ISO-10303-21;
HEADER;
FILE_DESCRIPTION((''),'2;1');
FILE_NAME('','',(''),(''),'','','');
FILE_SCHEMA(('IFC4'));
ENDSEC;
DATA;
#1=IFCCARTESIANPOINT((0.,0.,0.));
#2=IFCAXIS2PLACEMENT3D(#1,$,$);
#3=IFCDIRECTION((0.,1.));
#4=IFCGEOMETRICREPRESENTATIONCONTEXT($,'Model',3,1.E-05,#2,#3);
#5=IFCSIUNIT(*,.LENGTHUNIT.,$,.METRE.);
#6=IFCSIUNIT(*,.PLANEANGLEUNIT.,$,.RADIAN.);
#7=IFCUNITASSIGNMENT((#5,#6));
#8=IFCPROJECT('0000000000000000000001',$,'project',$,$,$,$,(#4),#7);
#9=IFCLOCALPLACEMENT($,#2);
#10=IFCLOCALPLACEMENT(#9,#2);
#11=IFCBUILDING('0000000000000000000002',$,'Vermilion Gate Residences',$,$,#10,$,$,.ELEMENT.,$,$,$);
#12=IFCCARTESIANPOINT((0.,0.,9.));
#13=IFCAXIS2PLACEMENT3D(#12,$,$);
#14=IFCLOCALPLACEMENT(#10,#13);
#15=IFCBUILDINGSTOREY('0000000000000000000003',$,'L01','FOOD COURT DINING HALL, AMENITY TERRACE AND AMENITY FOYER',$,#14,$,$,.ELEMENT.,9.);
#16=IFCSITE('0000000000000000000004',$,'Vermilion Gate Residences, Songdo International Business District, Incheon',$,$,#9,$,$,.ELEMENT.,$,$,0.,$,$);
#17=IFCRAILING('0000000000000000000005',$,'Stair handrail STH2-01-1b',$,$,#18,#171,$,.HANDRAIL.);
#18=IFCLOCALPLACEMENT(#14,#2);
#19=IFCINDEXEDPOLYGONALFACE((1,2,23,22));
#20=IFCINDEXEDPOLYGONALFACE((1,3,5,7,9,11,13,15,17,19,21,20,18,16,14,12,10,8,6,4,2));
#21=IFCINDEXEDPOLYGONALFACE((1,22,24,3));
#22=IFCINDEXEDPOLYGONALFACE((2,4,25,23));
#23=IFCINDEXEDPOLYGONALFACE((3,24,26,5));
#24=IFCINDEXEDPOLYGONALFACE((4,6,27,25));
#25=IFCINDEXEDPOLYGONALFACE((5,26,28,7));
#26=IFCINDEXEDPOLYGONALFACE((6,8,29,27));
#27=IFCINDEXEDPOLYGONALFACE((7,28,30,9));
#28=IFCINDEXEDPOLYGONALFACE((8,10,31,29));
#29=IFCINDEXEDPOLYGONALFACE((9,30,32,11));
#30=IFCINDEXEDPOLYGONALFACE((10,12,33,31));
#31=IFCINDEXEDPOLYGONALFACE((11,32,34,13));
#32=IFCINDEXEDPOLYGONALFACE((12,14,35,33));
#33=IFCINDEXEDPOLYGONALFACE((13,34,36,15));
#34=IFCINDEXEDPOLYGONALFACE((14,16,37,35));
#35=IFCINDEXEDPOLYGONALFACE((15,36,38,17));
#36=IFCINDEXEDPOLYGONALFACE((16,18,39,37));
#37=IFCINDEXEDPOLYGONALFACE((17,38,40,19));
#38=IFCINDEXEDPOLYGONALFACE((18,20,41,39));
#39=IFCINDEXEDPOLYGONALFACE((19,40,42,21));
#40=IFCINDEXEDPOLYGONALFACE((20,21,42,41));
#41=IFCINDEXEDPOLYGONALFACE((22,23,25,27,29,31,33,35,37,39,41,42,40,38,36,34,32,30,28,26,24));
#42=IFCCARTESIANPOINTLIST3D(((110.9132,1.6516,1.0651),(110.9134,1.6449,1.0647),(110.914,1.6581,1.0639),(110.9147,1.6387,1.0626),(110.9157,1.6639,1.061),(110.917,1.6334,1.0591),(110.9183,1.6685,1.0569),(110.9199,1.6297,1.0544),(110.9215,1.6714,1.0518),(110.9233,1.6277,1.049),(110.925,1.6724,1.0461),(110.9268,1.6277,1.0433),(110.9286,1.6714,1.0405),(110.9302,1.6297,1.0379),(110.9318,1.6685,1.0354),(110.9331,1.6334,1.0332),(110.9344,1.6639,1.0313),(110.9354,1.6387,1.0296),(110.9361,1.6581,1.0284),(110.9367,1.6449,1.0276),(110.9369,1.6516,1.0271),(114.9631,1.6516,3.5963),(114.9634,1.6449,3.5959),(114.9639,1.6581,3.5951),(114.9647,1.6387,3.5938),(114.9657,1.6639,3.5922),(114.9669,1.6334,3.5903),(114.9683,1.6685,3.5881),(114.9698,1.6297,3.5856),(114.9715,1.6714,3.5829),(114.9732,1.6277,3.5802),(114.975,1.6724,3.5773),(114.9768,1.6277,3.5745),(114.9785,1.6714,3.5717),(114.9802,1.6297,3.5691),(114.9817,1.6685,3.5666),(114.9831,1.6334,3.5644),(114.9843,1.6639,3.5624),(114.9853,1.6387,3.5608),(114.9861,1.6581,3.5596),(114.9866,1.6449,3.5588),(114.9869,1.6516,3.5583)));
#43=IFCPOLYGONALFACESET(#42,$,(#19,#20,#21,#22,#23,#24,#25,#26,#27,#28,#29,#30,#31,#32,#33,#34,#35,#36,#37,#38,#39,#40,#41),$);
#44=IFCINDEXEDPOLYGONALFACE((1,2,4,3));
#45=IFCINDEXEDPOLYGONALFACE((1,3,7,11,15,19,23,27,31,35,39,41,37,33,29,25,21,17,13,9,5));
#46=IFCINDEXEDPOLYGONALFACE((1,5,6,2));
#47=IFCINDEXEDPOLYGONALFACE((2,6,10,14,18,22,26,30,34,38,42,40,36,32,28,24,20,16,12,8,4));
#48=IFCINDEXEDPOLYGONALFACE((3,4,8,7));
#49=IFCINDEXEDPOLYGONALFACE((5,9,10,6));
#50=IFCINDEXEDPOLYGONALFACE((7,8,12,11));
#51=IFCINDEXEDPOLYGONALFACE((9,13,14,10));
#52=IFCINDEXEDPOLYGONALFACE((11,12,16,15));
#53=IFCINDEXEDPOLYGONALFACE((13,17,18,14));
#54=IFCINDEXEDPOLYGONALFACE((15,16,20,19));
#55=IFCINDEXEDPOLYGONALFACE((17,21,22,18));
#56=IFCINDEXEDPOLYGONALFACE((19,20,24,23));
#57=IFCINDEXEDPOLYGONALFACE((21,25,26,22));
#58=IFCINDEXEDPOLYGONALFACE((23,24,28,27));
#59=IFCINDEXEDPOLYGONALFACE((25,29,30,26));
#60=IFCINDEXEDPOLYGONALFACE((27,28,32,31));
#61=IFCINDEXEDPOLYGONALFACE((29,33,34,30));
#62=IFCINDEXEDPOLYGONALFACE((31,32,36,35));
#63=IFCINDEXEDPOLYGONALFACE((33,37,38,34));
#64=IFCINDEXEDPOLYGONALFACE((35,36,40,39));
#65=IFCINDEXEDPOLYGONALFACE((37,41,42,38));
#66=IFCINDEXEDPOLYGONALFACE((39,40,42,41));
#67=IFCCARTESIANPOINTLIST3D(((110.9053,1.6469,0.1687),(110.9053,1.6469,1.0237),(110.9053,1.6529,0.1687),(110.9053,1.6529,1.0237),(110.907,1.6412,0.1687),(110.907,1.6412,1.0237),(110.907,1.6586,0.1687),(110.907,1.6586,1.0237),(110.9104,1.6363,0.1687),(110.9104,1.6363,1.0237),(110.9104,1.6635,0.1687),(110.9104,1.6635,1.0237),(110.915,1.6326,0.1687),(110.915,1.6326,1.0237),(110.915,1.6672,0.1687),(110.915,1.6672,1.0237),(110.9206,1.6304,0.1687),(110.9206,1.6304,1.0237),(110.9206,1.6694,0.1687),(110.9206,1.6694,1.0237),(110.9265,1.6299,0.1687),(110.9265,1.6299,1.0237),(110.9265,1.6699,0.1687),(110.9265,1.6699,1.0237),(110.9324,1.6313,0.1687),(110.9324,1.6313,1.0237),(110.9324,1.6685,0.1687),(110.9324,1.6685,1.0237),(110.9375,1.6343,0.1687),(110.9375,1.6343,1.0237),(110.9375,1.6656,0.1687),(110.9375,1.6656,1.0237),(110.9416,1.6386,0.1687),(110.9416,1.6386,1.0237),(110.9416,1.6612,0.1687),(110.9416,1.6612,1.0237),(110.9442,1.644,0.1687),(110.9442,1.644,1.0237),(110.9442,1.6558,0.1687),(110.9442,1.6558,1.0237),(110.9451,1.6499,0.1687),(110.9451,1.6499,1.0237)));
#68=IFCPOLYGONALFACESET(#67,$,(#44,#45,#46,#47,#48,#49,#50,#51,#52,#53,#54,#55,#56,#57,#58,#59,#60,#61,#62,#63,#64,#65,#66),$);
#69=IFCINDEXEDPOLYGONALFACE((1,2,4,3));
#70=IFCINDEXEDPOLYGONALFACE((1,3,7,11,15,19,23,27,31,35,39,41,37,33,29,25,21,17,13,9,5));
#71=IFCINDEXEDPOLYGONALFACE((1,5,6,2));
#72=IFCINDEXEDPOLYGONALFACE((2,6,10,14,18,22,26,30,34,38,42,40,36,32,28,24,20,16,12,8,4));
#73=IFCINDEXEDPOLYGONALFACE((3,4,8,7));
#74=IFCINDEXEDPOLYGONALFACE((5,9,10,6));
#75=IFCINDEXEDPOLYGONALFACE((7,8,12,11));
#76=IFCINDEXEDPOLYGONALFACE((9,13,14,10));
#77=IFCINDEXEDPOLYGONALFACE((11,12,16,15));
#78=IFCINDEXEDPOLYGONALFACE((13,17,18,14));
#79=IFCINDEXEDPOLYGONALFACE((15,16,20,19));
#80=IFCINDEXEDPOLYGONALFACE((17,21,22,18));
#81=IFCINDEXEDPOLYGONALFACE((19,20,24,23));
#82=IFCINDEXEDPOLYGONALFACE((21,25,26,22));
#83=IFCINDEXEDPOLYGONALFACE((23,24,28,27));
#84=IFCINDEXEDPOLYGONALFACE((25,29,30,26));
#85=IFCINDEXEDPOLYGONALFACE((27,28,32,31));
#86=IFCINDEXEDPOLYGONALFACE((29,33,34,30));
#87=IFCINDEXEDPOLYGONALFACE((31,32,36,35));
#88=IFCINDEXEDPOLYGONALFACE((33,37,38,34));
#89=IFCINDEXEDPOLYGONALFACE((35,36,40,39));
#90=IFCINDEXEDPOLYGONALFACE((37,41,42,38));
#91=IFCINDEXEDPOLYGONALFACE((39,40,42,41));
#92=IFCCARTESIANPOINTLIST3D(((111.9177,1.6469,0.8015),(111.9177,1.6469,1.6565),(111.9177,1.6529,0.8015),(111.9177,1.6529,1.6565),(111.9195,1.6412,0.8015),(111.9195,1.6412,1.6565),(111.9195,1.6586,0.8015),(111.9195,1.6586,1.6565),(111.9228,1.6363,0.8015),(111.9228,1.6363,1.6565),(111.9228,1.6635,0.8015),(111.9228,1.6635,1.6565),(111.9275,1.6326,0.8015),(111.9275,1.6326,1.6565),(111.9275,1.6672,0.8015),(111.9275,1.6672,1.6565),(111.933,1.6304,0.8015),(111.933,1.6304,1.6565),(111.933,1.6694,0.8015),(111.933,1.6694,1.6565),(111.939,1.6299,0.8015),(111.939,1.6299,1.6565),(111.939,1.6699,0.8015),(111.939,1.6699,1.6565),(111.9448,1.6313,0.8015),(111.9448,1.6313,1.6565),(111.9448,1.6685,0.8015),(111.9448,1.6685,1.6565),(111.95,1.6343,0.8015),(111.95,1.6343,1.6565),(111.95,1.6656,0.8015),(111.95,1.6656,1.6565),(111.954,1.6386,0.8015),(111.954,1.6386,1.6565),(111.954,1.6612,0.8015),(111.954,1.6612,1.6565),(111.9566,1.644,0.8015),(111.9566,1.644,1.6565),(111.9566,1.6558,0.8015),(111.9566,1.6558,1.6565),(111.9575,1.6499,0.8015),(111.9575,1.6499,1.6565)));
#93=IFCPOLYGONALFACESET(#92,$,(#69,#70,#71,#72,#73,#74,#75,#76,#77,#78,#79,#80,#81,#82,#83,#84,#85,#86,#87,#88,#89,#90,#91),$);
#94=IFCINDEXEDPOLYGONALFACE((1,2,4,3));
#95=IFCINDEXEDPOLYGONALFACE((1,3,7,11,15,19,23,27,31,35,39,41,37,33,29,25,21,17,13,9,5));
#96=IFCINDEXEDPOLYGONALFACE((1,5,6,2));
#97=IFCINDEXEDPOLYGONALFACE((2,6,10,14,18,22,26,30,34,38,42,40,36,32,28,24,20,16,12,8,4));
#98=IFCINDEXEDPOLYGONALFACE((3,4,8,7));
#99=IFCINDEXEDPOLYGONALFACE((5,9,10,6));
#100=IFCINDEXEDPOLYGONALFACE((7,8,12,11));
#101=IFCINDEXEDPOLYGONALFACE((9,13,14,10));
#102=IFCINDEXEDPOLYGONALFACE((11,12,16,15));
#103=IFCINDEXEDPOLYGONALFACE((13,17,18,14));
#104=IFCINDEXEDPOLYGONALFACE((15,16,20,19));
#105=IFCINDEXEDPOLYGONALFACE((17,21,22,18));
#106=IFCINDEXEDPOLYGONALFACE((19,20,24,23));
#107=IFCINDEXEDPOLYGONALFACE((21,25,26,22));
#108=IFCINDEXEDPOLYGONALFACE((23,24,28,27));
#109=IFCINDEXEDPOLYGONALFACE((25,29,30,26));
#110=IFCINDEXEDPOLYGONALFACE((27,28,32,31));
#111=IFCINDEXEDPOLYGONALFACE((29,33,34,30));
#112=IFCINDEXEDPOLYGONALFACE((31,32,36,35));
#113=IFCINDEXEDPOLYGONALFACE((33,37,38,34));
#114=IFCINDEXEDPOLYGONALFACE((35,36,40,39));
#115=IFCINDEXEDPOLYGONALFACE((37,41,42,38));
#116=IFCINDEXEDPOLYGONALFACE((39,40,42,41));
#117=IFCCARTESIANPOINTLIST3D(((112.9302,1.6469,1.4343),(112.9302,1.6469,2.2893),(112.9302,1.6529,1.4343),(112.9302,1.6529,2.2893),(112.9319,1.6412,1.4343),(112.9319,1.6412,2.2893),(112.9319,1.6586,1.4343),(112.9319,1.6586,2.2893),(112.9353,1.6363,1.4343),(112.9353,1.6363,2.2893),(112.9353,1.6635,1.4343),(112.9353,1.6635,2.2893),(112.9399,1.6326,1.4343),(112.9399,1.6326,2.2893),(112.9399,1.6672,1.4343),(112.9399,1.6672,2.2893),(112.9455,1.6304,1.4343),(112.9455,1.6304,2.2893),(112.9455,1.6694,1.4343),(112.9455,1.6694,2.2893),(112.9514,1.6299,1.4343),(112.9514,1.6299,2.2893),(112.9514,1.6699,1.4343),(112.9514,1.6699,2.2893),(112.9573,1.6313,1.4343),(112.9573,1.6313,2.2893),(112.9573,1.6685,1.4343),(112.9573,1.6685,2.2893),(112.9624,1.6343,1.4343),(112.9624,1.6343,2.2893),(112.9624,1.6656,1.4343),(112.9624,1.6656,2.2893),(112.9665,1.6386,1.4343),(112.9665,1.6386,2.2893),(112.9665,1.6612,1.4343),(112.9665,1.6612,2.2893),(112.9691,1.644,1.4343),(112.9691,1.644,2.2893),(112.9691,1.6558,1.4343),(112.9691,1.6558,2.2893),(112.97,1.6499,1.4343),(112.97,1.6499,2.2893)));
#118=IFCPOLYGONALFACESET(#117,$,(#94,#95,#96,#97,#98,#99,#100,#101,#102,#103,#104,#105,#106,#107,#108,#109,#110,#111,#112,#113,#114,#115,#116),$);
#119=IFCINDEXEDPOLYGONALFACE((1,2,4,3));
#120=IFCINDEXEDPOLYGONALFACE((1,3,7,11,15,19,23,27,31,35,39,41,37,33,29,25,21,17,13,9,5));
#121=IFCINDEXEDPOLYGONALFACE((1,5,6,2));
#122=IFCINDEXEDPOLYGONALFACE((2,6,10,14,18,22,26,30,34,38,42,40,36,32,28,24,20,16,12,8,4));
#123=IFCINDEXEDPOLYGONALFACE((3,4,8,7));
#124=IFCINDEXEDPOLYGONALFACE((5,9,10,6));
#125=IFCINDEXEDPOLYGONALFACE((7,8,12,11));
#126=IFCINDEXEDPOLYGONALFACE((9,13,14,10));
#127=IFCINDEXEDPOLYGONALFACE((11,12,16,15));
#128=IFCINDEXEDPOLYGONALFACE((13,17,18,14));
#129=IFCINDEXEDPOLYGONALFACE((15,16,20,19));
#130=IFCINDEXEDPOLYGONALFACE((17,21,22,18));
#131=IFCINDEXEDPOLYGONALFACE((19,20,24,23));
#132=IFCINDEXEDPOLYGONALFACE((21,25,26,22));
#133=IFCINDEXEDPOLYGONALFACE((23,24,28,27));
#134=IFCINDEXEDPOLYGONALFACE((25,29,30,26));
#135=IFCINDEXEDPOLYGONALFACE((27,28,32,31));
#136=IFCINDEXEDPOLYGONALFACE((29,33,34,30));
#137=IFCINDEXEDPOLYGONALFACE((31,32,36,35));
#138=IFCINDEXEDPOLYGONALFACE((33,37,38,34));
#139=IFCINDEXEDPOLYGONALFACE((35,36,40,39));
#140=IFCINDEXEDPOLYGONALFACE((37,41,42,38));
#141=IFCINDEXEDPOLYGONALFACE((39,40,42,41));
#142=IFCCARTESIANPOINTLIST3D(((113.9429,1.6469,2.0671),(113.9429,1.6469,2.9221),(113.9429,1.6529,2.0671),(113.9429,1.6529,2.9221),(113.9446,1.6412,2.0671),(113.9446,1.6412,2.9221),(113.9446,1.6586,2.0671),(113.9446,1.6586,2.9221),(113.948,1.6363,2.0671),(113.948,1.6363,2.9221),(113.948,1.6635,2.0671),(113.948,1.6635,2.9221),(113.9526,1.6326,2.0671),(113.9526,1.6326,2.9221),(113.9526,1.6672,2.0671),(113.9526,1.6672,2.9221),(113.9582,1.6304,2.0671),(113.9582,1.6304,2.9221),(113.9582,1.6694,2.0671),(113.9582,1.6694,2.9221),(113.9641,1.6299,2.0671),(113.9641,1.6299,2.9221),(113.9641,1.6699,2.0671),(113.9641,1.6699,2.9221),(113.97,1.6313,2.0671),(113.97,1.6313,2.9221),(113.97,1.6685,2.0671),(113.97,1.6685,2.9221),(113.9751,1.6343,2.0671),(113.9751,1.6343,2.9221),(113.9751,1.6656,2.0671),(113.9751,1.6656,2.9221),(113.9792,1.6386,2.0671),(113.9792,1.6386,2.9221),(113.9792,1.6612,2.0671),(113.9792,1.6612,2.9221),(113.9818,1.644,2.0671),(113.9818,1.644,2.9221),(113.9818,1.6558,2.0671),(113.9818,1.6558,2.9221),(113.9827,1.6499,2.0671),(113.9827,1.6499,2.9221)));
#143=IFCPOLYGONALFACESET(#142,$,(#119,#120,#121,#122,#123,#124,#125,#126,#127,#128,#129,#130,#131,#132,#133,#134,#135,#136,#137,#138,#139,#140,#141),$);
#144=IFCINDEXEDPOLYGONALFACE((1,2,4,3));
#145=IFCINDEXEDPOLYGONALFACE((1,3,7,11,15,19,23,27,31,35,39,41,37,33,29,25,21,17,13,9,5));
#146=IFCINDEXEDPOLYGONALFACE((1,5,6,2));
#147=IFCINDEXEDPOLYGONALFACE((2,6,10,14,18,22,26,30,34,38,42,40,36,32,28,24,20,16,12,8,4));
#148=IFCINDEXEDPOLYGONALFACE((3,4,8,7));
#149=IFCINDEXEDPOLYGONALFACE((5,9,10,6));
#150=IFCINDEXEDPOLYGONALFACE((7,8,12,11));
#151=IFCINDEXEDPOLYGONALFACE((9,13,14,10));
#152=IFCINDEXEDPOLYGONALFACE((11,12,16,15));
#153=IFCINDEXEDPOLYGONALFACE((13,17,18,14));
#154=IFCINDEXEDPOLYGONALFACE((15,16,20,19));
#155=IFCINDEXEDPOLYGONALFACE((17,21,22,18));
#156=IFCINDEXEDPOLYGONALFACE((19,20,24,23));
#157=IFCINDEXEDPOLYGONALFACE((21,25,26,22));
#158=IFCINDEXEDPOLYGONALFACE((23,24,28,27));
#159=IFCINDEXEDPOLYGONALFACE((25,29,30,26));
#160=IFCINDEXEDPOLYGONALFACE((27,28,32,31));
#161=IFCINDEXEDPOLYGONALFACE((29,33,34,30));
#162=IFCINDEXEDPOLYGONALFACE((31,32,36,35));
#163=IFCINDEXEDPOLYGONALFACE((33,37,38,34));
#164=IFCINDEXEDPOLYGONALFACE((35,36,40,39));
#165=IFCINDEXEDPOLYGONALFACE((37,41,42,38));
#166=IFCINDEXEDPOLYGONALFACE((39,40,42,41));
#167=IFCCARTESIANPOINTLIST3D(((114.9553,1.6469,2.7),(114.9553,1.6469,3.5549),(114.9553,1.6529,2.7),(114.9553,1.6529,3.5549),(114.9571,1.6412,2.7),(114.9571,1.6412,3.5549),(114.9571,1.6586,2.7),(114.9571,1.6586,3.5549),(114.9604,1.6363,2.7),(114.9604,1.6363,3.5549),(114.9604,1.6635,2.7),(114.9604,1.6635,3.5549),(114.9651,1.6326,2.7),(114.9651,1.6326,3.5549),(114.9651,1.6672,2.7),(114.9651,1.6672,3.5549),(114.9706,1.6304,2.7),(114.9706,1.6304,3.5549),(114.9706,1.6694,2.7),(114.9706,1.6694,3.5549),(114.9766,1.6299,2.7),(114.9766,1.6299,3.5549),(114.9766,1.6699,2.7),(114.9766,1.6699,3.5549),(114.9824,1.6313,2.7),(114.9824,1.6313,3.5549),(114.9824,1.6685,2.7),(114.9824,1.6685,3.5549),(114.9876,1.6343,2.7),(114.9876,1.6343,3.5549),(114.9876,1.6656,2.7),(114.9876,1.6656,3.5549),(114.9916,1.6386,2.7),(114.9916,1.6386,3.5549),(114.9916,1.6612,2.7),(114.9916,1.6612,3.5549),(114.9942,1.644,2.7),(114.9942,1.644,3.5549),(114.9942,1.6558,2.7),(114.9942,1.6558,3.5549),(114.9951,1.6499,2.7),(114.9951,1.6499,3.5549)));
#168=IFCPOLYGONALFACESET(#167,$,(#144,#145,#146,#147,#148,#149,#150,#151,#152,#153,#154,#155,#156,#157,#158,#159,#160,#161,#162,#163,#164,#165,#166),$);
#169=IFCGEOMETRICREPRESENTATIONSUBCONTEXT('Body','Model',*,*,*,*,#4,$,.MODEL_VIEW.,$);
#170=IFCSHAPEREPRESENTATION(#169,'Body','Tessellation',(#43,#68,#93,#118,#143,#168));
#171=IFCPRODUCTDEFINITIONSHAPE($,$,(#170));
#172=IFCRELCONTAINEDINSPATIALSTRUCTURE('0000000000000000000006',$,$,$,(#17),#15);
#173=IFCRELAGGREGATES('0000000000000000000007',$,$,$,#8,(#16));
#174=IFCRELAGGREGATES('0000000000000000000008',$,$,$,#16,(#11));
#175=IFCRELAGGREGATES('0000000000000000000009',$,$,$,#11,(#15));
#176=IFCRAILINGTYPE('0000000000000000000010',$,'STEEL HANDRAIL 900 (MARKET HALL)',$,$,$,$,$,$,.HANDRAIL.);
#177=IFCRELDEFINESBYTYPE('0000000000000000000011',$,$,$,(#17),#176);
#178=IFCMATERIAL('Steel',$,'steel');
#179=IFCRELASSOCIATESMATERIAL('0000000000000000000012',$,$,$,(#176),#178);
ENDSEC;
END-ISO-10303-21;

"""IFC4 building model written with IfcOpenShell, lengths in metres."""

from ifc_helpers import new_model, si_unit, direction, frame, origin, origin_2d, place, context, subcontext, project, spatial, circle, extrude, material, type_object, element, save


model = new_model("IFC4")

# Units and contexts
model_context = context("Model", 3, precision=1e-05, world=origin(), true_north=direction((0.0, 1.0)))
body_context = subcontext(model_context, "Body", "Model", "MODEL_VIEW")
ifc_project = project(units=[si_unit("LENGTHUNIT", "METRE"), si_unit("PLANEANGLEUNIT", "RADIAN")], contexts=[model_context])

# Site, building, storey
site_placement = place(None, origin())
site = spatial("IfcSite", under=ifc_project, at=site_placement, Name="Vermilion Gate Residences, Songdo International Business District, Incheon", CompositionType="ELEMENT", RefElevation=0.0)
building_placement = place(site_placement, origin())
building = spatial("IfcBuilding", under=site, at=building_placement, Name="Vermilion Gate Residences", CompositionType="ELEMENT")
storey_placement = place(building_placement, frame((0.0, 0.0, 9.0)))
storey = spatial("IfcBuildingStorey", under=building, at=storey_placement, Name="L01", Description="FOOD COURT DINING HALL, AMENITY TERRACE AND AMENITY FOYER", CompositionType="ELEMENT", Elevation=9.0)

# Railing
ifc_material_1 = material(Name="Steel", Category="steel")
railing_type_1 = type_object("IfcRailingType", Name="STEEL HANDRAIL 900 (MARKET HALL)", PredefinedType="HANDRAIL", material=ifc_material_1)
for number, where, name in (
    (1, (110.925, 1.6499, 0.1687), "Stair handrail STH2-01-1b"),
):
    element("IfcRailing", number, at=place(storey_placement, frame(where)), inside=storey, type_object=railing_type_1, Name=name, PredefinedType="HANDRAIL", context=body_context, shape_type="SweptSolid", body=[
        extrude(circle(Radius=0.0225, at=origin_2d()), frame((0.0, 0.0, 0.8774), z_axis=(0.848001, 0.0, 0.529994), x_axis=(0.0, 1.0, 0.0)), (0.0, 0.0, 1.0), 4.7759),
        extrude(circle(Radius=0.02, at=origin_2d()), origin(), (0.0, 0.0, 1.0), 0.855),
        extrude(circle(Radius=0.02, at=origin_2d()), frame((1.0125, 0.0, 0.6328)), (0.0, 0.0, 1.0), 0.855),
        extrude(circle(Radius=0.02, at=origin_2d()), frame((2.0249, 0.0, 1.2656)), (0.0, 0.0, 1.0), 0.855),
        extrude(circle(Radius=0.02, at=origin_2d()), frame((3.0376, 0.0, 1.8984)), (0.0, 0.0, 1.0), 0.855),
        extrude(circle(Radius=0.02, at=origin_2d()), frame((4.05, 0.0, 2.5312)), (0.0, 0.0, 1.0), 0.855),
    ])

save(model, "model.ifc")
